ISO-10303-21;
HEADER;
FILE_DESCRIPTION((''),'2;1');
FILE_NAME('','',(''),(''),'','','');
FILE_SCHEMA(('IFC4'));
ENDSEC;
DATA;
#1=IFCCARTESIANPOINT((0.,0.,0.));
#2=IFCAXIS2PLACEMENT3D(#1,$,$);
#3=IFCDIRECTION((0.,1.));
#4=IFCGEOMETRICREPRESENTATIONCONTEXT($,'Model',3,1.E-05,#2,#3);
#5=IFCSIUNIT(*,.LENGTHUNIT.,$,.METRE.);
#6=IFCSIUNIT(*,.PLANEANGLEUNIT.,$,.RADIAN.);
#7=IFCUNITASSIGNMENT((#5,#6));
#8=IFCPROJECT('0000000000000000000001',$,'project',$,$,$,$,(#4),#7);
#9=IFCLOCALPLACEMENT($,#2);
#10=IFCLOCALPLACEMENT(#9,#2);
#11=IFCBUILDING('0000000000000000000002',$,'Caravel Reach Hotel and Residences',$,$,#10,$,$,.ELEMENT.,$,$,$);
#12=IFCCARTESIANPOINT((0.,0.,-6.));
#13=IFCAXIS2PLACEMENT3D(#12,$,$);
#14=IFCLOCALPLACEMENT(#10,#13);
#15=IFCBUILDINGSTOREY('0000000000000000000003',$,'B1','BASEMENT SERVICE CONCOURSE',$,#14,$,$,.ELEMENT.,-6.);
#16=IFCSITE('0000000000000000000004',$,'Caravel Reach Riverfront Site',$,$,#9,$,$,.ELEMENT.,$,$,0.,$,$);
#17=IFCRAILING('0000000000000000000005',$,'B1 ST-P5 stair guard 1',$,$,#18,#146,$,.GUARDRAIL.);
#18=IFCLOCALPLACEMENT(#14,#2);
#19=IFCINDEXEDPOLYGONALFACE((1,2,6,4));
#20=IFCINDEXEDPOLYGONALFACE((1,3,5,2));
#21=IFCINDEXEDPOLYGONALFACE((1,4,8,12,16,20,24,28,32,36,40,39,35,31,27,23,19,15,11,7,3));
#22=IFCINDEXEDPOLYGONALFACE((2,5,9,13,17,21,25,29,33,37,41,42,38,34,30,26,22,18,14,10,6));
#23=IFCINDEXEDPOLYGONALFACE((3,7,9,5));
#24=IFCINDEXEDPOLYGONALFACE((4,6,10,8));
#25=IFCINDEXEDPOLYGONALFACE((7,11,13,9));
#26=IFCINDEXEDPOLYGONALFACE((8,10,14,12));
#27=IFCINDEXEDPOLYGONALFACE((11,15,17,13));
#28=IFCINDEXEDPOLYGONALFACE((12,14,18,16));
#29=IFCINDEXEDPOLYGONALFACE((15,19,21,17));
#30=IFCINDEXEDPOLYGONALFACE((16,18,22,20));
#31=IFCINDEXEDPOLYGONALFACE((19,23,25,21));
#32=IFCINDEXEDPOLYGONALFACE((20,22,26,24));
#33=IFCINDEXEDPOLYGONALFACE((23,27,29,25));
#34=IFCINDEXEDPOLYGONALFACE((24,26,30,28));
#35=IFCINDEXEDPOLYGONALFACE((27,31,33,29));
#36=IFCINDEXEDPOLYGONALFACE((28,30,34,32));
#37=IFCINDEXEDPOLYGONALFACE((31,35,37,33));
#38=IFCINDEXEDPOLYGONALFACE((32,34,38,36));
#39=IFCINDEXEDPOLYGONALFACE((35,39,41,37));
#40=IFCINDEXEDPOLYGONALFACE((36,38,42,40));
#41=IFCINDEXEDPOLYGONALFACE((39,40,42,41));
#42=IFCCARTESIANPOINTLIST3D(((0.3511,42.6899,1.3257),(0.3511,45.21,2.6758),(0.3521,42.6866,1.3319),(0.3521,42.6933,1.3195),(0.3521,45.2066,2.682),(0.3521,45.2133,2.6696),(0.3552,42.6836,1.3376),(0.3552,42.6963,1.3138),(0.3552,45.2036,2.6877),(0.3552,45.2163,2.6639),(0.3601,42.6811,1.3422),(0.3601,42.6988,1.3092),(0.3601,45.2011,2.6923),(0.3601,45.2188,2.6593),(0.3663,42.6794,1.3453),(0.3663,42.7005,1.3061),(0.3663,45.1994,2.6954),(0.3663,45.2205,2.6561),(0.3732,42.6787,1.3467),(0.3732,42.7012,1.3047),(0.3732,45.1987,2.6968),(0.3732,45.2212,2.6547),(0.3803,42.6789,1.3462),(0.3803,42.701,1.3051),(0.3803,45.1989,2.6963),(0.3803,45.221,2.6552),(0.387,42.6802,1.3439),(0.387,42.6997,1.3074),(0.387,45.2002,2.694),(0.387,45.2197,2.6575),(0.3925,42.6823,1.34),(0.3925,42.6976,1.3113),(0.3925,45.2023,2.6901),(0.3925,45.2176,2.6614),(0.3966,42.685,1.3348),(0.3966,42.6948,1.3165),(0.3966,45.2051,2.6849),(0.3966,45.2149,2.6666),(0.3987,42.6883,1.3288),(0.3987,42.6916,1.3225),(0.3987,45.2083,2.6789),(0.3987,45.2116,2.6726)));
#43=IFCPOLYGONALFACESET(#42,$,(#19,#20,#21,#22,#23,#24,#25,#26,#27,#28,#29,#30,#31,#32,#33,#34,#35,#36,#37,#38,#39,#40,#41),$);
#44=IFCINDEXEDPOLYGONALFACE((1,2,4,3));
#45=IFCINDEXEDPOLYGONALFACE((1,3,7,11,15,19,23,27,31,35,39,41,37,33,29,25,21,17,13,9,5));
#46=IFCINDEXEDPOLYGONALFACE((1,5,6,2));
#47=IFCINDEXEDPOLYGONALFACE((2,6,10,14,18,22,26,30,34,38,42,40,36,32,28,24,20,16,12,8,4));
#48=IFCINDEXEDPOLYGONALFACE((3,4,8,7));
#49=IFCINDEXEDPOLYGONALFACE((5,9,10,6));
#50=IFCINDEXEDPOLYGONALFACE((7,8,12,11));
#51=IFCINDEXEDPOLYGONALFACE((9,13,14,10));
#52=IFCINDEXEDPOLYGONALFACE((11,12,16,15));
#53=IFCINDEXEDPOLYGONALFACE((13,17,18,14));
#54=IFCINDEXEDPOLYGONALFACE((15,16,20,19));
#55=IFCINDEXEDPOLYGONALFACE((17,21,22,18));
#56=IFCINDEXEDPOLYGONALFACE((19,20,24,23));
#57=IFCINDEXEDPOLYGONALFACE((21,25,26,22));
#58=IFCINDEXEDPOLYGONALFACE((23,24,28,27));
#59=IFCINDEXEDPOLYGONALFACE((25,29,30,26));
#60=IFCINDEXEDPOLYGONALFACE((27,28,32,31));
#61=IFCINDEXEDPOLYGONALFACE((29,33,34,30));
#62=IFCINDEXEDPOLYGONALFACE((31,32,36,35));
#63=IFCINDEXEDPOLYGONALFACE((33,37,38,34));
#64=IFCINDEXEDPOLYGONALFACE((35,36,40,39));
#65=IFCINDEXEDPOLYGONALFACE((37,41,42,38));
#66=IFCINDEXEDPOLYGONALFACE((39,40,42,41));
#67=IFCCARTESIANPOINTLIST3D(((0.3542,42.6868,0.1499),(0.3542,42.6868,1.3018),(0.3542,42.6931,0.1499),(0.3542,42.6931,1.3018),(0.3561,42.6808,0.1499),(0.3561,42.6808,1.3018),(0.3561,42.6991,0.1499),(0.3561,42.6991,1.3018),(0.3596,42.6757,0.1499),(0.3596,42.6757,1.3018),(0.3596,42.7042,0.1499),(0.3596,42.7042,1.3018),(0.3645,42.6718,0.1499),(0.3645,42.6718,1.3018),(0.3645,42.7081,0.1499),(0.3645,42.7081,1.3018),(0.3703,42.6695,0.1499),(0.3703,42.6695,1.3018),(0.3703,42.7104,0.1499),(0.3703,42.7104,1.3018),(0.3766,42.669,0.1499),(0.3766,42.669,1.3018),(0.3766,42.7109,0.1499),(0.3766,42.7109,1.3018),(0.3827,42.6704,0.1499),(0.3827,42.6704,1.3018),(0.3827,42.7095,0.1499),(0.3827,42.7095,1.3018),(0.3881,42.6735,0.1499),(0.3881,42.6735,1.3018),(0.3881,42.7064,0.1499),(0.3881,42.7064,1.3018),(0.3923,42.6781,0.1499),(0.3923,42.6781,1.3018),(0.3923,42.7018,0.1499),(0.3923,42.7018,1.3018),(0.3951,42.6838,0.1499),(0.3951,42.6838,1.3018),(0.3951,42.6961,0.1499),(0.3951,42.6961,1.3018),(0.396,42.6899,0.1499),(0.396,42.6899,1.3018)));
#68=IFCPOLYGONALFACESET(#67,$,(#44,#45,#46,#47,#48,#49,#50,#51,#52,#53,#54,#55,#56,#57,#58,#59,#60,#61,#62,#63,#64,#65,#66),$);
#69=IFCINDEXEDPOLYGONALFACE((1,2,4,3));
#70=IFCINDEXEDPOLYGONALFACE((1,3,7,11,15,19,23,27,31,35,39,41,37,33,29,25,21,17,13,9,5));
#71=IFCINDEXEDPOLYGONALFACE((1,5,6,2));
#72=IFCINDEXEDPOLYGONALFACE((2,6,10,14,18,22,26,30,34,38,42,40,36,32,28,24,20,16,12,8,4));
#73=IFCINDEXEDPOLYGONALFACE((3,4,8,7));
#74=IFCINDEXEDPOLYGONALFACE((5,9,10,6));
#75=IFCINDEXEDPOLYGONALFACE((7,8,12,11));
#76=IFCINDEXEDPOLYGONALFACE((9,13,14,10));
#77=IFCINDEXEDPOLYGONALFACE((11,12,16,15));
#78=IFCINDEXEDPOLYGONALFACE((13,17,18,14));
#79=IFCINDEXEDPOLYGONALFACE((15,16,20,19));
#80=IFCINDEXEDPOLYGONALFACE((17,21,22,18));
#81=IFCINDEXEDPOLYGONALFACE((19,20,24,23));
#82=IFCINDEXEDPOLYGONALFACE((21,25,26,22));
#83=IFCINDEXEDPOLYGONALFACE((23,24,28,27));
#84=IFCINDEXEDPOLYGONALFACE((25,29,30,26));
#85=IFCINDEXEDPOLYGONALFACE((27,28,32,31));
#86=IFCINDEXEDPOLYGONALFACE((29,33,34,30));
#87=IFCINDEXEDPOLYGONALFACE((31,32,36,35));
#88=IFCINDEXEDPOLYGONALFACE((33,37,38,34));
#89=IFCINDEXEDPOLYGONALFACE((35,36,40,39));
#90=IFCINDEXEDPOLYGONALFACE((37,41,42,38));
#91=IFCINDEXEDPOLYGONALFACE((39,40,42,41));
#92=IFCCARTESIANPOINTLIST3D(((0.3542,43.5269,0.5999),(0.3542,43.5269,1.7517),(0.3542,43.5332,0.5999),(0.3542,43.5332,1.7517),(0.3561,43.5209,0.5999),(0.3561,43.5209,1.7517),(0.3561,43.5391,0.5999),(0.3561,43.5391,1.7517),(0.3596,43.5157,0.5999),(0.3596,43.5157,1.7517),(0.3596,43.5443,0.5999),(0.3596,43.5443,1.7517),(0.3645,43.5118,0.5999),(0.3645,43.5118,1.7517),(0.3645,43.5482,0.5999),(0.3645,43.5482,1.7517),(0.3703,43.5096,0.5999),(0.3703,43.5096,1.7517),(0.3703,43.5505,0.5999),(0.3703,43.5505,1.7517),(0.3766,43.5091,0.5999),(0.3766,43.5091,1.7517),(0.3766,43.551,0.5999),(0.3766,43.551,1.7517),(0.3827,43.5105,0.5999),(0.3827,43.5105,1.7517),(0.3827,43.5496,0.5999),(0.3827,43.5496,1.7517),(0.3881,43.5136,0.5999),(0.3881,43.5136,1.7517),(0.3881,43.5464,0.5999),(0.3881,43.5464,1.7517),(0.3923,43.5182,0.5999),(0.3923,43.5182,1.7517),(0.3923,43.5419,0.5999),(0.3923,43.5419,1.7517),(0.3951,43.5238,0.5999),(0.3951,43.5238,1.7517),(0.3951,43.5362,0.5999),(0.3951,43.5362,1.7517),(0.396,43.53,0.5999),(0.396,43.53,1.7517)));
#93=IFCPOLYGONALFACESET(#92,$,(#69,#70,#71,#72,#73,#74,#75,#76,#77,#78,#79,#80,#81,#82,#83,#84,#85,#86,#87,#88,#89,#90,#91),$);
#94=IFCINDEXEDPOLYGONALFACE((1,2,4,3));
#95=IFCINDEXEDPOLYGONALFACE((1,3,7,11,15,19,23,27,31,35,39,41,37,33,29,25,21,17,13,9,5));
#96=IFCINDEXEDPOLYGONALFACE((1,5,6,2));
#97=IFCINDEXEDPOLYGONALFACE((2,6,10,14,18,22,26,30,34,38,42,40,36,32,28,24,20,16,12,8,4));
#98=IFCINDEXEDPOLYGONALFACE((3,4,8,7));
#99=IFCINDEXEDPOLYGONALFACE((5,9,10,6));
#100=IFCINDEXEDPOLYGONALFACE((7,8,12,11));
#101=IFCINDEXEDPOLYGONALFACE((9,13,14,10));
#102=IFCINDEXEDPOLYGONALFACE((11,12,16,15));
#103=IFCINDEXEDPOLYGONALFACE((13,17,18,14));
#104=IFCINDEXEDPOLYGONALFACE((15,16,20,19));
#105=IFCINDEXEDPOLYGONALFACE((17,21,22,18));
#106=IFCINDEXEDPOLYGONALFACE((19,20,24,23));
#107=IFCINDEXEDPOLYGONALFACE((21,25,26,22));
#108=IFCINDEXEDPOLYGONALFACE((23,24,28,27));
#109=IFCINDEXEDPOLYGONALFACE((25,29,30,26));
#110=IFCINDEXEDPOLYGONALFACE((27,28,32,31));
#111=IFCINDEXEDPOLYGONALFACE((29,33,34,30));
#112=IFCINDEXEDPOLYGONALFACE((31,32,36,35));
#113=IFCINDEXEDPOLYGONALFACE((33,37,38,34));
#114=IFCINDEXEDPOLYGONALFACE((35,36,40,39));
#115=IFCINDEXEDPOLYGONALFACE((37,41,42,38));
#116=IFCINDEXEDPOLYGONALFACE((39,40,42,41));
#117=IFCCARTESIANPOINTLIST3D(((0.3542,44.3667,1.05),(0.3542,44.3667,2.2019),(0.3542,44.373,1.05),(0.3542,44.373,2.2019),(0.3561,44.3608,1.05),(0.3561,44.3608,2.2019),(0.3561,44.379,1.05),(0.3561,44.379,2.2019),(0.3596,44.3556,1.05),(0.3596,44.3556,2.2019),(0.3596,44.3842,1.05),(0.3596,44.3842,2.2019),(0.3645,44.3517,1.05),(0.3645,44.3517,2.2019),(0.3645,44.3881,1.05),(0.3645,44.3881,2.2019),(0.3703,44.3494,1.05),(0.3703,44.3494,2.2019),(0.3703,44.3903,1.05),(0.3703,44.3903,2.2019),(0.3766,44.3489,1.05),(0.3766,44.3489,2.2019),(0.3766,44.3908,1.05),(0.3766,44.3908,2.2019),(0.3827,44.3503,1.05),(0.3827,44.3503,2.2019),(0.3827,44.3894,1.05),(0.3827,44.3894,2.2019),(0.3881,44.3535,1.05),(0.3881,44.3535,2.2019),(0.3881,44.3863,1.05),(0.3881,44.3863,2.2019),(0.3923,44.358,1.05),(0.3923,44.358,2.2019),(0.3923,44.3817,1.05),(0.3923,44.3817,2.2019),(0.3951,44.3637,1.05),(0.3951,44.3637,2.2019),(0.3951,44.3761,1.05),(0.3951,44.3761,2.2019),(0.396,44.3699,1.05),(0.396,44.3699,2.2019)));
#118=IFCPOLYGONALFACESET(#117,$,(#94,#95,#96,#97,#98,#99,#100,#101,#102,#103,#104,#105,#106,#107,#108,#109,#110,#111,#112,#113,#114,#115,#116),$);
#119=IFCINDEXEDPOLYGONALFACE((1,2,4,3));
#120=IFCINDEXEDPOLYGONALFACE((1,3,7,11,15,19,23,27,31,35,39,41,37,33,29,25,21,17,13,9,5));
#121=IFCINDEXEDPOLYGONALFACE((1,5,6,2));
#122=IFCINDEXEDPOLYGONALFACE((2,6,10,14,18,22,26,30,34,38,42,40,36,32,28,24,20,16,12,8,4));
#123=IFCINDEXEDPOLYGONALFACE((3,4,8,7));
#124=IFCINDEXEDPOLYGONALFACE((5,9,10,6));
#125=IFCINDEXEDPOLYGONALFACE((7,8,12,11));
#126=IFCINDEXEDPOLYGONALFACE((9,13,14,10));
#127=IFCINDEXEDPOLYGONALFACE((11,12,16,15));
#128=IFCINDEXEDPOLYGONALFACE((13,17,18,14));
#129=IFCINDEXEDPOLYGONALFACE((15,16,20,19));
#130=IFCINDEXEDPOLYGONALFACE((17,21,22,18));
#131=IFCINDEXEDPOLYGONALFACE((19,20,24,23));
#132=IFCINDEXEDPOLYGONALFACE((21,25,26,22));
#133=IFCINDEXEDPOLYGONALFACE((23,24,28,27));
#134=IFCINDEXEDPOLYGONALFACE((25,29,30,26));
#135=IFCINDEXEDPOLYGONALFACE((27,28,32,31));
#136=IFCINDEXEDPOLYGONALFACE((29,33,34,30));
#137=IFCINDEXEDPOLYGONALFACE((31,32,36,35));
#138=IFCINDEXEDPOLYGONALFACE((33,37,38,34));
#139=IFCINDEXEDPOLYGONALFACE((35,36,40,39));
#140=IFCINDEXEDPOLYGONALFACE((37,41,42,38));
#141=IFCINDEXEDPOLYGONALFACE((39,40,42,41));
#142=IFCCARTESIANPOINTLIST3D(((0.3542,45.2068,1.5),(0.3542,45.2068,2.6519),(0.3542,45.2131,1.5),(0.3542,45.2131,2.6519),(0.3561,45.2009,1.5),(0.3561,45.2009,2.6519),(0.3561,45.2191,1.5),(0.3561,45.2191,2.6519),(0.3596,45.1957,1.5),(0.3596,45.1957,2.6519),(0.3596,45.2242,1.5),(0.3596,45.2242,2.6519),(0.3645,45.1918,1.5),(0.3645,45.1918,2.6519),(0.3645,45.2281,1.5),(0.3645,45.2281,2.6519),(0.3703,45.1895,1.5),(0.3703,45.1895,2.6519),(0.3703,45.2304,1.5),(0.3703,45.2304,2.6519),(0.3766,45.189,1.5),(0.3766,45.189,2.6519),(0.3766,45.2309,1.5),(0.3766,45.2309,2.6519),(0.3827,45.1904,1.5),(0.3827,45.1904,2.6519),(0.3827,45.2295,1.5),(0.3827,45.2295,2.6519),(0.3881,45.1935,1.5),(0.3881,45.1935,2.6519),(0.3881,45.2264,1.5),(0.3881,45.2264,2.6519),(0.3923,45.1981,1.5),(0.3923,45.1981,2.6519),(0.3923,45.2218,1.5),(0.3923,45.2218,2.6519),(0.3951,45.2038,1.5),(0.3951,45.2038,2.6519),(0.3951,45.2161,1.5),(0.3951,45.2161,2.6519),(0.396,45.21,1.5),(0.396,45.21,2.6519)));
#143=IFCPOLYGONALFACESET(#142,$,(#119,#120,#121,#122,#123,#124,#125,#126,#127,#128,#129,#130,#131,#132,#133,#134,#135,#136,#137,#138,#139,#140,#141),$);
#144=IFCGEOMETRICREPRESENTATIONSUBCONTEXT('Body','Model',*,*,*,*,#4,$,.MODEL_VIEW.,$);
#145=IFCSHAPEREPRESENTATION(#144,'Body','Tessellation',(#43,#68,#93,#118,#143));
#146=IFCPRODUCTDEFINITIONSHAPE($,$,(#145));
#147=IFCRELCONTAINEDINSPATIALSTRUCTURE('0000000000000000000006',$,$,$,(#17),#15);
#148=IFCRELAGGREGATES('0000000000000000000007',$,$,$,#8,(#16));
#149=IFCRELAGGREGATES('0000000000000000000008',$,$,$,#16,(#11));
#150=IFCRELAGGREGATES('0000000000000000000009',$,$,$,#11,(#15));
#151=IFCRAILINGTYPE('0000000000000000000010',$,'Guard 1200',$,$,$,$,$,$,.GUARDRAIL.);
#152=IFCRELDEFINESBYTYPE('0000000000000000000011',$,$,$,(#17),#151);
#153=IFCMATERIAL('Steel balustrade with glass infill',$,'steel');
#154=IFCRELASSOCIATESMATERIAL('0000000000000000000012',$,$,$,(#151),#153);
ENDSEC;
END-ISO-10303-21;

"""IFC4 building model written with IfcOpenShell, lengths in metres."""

from ifc_helpers import new_model, si_unit, direction, frame, origin, origin_2d, place, context, subcontext, project, spatial, circle, extrude, material, type_object, element, save


model = new_model("IFC4")

# Units and contexts
model_context = context("Model", 3, precision=1e-05, world=origin(), true_north=direction((0.0, 1.0)))
body_context = subcontext(model_context, "Body", "Model", "MODEL_VIEW")
ifc_project = project(units=[si_unit("LENGTHUNIT", "METRE"), si_unit("PLANEANGLEUNIT", "RADIAN")], contexts=[model_context])

# Site, building, storey
site_placement = place(None, origin())
site = spatial("IfcSite", under=ifc_project, at=site_placement, Name="Caravel Reach Riverfront Site", CompositionType="ELEMENT", RefElevation=0.0)
building_placement = place(site_placement, origin())
building = spatial("IfcBuilding", under=site, at=building_placement, Name="Caravel Reach Hotel and Residences", CompositionType="ELEMENT")
storey_placement = place(building_placement, frame((0.0, 0.0, -6.0)))
storey = spatial("IfcBuildingStorey", under=building, at=storey_placement, Name="B1", Description="BASEMENT SERVICE CONCOURSE", CompositionType="ELEMENT", Elevation=-6.0)

# Railing
ifc_material_1 = material(Name="Steel balustrade with glass infill", Category="steel")
railing_type_1 = type_object("IfcRailingType", Name="Guard 1200", PredefinedType="GUARDRAIL", material=ifc_material_1)
railing_1_placement = place(storey_placement, frame((0.375, 42.6899, 0.1499)))
element("IfcRailing", 1, at=railing_1_placement, inside=storey, type_object=railing_type_1, Name="B1 ST-P5 stair guard 1", PredefinedType="GUARDRAIL", context=body_context, shape_type="SweptSolid", body=[
    extrude(circle(Radius=0.0239, at=origin_2d()), frame((0.0, 0.0, 1.1758), z_axis=(0.0, 0.881467, 0.472245), x_axis=(-1.0, 0.0, 0.0)), (0.0, 0.0, 1.0), 2.8589),
    extrude(circle(Radius=0.021, at=origin_2d()), origin(), (0.0, 0.0, 1.0), 1.1519),
    extrude(circle(Radius=0.021, at=origin_2d()), frame((0.0, 0.8401, 0.45)), (0.0, 0.0, 1.0), 1.1519),
    extrude(circle(Radius=0.021, at=origin_2d()), frame((0.0, 1.6799, 0.9001)), (0.0, 0.0, 1.0), 1.1519),
    extrude(circle(Radius=0.021, at=origin_2d()), frame((0.0, 2.52, 1.3501)), (0.0, 0.0, 1.0), 1.1519),
])

save(model, "model.ifc")
